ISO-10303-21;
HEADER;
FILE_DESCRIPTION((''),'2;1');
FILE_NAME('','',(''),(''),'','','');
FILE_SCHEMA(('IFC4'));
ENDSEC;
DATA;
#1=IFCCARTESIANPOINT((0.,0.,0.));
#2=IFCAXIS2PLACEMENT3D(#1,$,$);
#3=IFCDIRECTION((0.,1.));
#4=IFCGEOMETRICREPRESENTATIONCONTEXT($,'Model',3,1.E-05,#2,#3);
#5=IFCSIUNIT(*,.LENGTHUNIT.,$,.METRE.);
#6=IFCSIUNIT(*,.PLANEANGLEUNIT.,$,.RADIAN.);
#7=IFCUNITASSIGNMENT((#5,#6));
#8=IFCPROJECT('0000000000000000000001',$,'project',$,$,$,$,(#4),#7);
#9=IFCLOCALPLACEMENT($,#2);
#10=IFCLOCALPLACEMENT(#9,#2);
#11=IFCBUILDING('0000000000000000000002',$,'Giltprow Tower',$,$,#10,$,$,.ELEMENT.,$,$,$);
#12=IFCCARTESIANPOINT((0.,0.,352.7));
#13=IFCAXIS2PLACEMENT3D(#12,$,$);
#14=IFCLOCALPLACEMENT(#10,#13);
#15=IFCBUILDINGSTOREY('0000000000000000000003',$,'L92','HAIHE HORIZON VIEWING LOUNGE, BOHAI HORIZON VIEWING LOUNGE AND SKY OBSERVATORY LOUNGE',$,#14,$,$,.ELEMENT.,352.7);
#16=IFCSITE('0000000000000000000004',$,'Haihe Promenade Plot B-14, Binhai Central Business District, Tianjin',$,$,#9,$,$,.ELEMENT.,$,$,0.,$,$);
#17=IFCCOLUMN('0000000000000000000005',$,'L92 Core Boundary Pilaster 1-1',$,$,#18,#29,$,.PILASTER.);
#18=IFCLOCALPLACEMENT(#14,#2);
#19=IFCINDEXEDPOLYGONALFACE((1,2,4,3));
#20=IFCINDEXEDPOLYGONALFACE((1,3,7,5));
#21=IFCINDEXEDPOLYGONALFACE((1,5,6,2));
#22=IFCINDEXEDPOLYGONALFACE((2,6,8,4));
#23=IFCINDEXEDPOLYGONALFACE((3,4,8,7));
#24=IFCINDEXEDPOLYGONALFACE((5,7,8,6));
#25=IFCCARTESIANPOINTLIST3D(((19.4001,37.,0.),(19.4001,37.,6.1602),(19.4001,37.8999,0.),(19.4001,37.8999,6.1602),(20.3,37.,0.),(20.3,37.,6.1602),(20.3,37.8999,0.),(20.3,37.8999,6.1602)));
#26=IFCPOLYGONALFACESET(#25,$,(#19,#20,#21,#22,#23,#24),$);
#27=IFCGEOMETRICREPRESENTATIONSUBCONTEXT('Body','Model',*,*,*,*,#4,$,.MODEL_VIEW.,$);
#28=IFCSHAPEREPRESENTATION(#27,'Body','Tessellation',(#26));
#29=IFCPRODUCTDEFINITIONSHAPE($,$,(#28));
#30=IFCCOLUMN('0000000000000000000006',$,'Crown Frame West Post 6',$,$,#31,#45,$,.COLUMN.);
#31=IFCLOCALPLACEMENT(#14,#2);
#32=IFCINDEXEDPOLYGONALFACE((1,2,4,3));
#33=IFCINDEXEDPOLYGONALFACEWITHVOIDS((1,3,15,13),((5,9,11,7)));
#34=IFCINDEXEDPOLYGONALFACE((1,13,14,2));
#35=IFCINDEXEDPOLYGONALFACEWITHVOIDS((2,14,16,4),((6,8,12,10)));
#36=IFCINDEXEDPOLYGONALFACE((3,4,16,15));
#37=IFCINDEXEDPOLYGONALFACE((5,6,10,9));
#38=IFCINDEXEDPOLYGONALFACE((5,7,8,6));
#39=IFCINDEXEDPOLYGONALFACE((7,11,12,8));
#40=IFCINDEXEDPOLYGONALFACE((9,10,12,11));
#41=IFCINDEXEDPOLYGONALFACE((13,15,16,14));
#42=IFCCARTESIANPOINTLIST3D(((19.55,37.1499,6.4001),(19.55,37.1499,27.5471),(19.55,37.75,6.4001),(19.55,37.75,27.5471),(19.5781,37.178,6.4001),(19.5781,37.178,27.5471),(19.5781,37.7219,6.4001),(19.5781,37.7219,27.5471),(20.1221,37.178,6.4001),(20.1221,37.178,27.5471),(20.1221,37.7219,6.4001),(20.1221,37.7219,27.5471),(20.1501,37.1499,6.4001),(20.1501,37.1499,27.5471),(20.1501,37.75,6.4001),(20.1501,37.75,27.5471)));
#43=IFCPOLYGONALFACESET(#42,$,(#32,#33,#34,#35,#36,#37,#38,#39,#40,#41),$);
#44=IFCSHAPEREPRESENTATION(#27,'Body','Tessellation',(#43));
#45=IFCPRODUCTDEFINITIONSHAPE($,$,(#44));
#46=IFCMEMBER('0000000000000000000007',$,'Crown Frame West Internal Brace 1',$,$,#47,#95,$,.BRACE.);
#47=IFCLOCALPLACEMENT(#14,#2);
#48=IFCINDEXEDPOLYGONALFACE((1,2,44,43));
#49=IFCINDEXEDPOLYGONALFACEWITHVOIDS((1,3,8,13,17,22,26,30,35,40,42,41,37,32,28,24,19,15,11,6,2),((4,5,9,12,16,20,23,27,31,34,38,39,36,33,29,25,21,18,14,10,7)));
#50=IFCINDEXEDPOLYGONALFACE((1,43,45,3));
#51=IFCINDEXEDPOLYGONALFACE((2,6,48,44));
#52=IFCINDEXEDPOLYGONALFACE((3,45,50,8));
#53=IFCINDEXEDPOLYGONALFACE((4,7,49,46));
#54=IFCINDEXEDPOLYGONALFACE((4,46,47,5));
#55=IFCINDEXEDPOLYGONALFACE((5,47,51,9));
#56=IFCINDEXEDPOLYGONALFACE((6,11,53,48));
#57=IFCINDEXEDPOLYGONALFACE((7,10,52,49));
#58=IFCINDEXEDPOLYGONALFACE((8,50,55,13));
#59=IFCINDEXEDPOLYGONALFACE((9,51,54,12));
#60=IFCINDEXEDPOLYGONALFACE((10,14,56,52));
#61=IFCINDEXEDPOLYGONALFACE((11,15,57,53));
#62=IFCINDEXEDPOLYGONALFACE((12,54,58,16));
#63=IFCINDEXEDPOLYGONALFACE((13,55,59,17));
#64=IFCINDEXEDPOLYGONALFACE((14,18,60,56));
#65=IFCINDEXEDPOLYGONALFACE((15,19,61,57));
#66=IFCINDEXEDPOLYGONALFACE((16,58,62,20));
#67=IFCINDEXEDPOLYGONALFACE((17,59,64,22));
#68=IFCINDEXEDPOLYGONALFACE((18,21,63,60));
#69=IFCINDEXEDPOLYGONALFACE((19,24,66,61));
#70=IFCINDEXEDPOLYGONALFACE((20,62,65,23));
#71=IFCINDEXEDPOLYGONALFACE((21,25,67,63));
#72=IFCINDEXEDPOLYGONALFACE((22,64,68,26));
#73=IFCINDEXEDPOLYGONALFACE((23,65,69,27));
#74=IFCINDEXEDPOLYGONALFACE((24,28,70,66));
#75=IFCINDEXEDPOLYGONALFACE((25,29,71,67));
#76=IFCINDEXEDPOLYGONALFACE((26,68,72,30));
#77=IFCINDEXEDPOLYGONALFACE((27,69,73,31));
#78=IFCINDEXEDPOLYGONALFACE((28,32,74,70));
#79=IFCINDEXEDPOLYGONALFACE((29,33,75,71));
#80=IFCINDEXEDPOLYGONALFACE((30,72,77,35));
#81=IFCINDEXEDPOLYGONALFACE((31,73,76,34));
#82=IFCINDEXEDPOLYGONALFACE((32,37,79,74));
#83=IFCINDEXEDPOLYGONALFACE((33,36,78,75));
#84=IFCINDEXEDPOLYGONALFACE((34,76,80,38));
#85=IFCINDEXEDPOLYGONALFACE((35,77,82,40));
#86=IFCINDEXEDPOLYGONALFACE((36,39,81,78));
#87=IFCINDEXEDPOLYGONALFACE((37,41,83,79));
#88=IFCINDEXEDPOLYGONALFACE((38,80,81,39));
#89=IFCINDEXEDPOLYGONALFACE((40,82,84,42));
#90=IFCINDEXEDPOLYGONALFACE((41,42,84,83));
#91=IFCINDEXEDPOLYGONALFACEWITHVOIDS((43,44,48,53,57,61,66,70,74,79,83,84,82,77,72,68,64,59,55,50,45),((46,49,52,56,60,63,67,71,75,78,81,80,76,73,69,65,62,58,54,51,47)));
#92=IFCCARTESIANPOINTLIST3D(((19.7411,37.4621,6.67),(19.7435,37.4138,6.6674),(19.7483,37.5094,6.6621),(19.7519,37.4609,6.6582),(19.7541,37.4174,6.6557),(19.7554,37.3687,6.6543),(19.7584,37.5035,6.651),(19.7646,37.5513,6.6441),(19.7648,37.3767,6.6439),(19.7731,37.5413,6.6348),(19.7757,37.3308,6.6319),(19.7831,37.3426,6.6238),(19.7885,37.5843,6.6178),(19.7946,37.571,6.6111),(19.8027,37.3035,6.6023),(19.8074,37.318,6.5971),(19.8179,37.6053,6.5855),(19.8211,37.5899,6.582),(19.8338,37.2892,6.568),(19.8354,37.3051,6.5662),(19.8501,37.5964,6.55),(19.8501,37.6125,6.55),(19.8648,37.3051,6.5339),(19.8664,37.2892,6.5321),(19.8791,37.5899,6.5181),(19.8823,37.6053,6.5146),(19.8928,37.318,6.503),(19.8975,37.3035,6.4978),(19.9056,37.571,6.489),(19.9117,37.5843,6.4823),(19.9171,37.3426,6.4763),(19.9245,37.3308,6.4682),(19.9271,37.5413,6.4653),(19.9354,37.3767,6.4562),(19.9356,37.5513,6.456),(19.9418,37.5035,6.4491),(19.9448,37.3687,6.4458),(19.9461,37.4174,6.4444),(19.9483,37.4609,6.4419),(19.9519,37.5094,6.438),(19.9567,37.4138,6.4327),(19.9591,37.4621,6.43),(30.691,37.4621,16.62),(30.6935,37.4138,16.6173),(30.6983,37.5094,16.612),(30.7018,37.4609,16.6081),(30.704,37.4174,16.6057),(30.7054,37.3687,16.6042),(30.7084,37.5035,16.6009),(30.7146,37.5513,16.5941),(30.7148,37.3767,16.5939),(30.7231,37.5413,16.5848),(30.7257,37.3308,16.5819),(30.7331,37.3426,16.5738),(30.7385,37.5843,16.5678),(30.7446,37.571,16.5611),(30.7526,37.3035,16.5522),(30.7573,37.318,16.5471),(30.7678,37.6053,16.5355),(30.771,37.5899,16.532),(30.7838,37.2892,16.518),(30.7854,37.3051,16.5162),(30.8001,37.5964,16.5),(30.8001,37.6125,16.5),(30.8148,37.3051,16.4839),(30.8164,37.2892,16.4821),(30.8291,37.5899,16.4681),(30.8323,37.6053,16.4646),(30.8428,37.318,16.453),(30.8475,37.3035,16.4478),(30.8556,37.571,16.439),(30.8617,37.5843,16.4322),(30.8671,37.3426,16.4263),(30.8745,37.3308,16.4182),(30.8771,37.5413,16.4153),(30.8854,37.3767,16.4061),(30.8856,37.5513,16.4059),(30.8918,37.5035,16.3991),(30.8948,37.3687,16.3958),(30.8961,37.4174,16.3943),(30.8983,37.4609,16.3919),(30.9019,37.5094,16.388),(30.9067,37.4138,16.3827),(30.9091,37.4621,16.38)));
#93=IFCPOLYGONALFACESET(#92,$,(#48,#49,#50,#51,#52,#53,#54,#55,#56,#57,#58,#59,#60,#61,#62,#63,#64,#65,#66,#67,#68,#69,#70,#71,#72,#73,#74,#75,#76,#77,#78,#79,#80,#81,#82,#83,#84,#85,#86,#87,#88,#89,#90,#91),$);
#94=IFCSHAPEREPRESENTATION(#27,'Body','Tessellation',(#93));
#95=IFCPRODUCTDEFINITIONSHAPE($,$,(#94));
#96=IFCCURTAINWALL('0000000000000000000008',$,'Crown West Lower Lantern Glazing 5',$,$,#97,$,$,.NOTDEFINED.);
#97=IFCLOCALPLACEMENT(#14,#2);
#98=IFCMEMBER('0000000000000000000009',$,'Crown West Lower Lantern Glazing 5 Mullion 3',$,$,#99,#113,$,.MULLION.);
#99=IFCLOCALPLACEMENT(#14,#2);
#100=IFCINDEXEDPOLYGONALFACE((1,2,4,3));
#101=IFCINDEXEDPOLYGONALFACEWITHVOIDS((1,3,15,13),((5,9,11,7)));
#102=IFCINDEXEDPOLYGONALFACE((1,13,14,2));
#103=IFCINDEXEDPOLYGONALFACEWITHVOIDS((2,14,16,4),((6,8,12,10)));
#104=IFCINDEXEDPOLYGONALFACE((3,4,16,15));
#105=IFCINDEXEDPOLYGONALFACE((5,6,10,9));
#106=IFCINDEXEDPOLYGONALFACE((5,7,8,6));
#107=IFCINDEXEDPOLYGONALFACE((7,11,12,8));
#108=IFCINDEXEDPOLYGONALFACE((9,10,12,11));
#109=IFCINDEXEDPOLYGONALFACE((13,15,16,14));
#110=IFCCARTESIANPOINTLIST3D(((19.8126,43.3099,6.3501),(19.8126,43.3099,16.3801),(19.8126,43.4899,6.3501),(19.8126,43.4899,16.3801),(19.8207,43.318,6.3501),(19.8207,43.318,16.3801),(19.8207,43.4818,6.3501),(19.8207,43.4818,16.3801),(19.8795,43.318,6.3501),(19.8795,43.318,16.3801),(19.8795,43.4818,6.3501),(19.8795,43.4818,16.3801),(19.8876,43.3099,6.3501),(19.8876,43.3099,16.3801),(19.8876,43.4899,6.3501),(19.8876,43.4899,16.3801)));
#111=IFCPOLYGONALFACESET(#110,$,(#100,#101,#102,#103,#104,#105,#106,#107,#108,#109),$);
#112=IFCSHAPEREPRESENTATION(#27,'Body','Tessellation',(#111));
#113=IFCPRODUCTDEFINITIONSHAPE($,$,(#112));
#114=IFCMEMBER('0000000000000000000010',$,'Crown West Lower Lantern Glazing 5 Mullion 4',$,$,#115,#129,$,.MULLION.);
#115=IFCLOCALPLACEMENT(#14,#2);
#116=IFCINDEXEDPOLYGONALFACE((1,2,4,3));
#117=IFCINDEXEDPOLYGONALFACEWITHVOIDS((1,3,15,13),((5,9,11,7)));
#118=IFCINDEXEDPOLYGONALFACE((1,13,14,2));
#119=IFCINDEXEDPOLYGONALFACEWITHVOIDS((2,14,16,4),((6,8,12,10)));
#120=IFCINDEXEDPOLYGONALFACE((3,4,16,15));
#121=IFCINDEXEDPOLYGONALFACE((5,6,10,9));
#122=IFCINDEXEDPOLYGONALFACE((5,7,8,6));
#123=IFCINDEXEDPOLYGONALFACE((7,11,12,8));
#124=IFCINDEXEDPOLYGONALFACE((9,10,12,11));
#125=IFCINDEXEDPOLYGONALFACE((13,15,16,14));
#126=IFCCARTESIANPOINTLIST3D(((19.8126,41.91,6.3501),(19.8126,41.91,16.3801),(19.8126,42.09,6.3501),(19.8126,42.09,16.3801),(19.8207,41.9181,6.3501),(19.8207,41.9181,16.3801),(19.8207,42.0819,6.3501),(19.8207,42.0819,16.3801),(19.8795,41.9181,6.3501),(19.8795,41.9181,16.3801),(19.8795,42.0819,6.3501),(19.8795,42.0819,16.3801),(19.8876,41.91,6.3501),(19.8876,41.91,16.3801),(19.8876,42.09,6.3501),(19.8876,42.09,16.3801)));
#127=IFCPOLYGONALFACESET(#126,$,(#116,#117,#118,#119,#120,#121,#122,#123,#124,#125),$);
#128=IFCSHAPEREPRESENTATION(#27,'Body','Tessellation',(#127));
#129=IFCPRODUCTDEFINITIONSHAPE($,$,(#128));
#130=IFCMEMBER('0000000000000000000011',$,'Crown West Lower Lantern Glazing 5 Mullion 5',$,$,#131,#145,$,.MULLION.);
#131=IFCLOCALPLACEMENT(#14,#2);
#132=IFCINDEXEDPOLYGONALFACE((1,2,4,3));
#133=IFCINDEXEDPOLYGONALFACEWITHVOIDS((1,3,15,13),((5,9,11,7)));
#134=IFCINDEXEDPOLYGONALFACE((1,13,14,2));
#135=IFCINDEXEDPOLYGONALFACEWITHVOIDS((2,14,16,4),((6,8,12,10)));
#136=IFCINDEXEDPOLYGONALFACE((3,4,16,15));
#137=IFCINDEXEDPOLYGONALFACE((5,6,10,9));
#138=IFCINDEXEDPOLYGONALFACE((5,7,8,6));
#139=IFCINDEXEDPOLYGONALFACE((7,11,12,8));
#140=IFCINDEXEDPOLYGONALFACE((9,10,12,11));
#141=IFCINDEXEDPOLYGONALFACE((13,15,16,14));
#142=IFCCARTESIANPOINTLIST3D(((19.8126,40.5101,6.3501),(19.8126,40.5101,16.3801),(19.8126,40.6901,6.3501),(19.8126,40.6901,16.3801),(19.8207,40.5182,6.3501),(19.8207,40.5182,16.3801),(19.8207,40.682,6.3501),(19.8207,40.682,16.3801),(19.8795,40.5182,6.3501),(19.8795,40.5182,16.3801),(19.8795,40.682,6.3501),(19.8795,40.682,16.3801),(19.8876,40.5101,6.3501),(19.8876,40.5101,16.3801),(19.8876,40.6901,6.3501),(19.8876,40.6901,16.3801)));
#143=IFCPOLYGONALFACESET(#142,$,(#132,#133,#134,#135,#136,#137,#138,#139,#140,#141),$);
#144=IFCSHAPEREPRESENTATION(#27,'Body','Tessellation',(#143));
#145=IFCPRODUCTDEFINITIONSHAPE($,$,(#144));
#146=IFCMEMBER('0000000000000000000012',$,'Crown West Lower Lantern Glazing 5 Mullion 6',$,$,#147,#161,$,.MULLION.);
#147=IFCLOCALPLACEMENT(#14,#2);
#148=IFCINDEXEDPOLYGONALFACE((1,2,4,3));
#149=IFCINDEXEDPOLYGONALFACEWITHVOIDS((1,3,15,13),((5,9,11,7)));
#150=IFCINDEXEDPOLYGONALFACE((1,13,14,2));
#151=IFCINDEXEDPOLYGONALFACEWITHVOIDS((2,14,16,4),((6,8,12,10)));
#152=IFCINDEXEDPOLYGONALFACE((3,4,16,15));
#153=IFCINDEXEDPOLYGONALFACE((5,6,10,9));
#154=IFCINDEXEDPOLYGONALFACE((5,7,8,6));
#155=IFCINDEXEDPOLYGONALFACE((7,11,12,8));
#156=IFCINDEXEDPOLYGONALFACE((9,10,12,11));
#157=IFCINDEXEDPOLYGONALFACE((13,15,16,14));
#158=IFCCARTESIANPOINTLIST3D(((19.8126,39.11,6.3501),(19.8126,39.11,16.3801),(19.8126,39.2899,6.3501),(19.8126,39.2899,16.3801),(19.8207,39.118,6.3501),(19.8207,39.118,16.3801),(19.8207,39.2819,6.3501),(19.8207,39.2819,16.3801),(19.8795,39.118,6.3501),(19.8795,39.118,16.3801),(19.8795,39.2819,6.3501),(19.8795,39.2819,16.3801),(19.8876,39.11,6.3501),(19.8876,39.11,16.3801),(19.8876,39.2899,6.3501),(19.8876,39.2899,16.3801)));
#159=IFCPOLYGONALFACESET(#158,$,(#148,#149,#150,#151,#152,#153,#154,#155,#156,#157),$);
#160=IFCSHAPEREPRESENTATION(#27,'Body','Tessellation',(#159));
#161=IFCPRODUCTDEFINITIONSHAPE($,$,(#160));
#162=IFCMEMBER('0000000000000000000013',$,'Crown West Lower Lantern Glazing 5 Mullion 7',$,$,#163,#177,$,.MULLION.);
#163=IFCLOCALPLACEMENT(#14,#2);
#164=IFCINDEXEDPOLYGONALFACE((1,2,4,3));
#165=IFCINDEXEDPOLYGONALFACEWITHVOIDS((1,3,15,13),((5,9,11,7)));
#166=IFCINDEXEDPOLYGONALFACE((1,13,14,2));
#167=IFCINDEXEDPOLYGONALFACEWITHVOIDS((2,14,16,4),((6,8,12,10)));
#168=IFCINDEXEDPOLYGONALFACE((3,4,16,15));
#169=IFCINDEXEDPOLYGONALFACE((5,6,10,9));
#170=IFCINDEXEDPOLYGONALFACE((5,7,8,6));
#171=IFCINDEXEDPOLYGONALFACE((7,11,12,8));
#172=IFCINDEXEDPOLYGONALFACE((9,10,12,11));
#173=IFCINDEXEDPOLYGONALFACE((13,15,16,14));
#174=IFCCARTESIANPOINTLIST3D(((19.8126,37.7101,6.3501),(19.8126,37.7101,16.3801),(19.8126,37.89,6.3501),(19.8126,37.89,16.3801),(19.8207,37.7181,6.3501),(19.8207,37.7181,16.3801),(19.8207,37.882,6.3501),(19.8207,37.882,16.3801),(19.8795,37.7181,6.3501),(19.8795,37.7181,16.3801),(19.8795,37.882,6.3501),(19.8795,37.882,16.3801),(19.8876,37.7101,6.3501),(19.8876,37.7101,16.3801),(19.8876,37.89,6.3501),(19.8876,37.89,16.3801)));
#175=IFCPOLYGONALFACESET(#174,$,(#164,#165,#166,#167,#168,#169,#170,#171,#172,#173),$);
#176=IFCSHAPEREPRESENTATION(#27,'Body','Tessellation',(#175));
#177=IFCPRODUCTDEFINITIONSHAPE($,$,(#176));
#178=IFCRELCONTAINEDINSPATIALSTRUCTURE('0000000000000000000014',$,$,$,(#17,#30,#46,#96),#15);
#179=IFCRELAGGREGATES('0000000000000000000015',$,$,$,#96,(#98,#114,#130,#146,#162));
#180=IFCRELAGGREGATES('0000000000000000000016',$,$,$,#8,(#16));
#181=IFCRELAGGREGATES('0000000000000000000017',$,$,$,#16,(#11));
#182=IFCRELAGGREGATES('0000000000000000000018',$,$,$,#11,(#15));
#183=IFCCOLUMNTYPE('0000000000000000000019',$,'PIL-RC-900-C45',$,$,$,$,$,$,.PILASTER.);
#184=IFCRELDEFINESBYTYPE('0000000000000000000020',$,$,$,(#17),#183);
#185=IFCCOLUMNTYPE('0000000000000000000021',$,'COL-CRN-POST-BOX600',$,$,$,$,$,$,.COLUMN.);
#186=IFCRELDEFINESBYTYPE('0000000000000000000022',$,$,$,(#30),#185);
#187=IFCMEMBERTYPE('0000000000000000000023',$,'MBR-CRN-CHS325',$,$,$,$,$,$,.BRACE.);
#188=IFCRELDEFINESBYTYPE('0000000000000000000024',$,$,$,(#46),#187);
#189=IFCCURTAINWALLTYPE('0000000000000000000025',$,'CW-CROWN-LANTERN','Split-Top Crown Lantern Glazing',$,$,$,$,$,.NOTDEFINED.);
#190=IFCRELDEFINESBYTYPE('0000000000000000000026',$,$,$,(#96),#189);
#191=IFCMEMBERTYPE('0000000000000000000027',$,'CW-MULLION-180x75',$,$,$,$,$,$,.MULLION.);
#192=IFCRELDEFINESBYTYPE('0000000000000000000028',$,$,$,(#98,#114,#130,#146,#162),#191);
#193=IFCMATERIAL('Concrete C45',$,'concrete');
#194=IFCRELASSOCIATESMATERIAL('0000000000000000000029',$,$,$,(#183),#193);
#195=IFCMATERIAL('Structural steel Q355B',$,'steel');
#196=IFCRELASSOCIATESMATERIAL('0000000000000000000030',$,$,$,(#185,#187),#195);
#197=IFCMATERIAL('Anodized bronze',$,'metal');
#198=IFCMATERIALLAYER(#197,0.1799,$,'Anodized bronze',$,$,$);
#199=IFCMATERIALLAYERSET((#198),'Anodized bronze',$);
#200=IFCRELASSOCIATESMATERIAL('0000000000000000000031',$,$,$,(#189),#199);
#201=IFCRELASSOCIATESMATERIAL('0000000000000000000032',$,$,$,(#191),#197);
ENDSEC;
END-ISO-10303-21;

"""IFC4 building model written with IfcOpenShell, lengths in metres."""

from ifc_helpers import new_model, si_unit, direction, frame, origin, origin_2d, place, context, subcontext, project, spatial, rectangle, hollow_rectangle, hollow_circle, extrude, source, transform, mapped, material, layer, layer_set, material_profile, profile_set, type_object, element, aggregate, save


model = new_model("IFC4")

# Units and contexts
model_context = context("Model", 3, precision=1e-05, world=origin(), true_north=direction((0.0, 1.0)))
body_context = subcontext(model_context, "Body", "Model", "MODEL_VIEW")
ifc_project = project(units=[si_unit("LENGTHUNIT", "METRE"), si_unit("PLANEANGLEUNIT", "RADIAN")], contexts=[model_context])

# Site, building, storey
site_placement = place(None, origin())
site = spatial("IfcSite", under=ifc_project, at=site_placement, Name="Haihe Promenade Plot B-14, Binhai Central Business District, Tianjin", CompositionType="ELEMENT", RefElevation=0.0)
building_placement = place(site_placement, origin())
building = spatial("IfcBuilding", under=site, at=building_placement, Name="Giltprow Tower", CompositionType="ELEMENT")
storey_placement = place(building_placement, frame((0.0, 0.0, 352.7)))
storey = spatial("IfcBuildingStorey", under=building, at=storey_placement, Name="L92", Description="HAIHE HORIZON VIEWING LOUNGE, BOHAI HORIZON VIEWING LOUNGE AND SKY OBSERVATORY LOUNGE", CompositionType="ELEMENT", Elevation=352.7)

# Columns
ifc_material_1 = material(Name="Concrete C45", Category="concrete")
ifc_material_profile_1 = material_profile(ifc_material_1, rectangle(XDim=0.8999, YDim=0.8999, at=origin_2d()), Name="RC 900x900")
ifc_profile_set_1 = profile_set([ifc_material_profile_1], Name="Concrete C45")
column_type_1 = type_object("IfcColumnType", Name="PIL-RC-900-C45", PredefinedType="PILASTER", material=ifc_profile_set_1)
shared_shape_1 = source(origin(), body_context, "Body", "SweptSolid", [
    extrude(rectangle(XDim=0.8999, YDim=0.8999, at=origin_2d()), origin(), (0.0, 0.0, 1.0), 6.1602),
])
column_1_placement = place(storey_placement, frame((19.8501, 37.45, 0.0), z_axis=(0.0, 0.0, 1.0), x_axis=(1.0, 0.0, 0.0)))
element("IfcColumn", 1, at=column_1_placement, inside=storey, type_object=column_type_1, Name="L92 Core Boundary Pilaster 1-1", PredefinedType="PILASTER", context=body_context, shape_type="MappedRepresentation", body=[
    mapped(shared_shape_1, transform((0.0, 0.0, 0.0), x_axis=(1.0, 0.0, 0.0), y_axis=(0.0, 1.0, 0.0), z_axis=(0.0, 0.0, 1.0), scale=1.0)),
])
ifc_material_2 = material(Name="Structural steel Q355B", Category="steel")
ifc_material_profile_2 = material_profile(ifc_material_2, hollow_rectangle(XDim=0.6001, YDim=0.6001, WallThickness=0.0281, at=origin_2d()), Name="BOX 600x600x28")
ifc_profile_set_2 = profile_set([ifc_material_profile_2], Name="Structural steel Q355B")
column_type_2 = type_object("IfcColumnType", Name="COL-CRN-POST-BOX600", PredefinedType="COLUMN", material=ifc_profile_set_2)
shared_shape_2 = source(origin(), body_context, "Body", "SweptSolid", [
    extrude(hollow_rectangle(XDim=0.6001, YDim=0.6001, WallThickness=0.0281, at=origin_2d()), origin(), (0.0, 0.0, 1.0), 21.147),
])
column_2_placement = place(storey_placement, frame((19.8501, 37.45, 6.4001), z_axis=(0.0, 0.0, 1.0), x_axis=(1.0, 0.0, 0.0)))
element("IfcColumn", 2, at=column_2_placement, inside=storey, type_object=column_type_2, Name="Crown Frame West Post 6", PredefinedType="COLUMN", context=body_context, shape_type="MappedRepresentation", body=[
    mapped(shared_shape_2, transform((0.0, 0.0, 0.0), x_axis=(1.0, 0.0, 0.0), y_axis=(0.0, 1.0, 0.0), z_axis=(0.0, 0.0, 1.0), scale=1.0)),
])

# Member
ifc_material_profile_3 = material_profile(ifc_material_2, hollow_circle(Radius=0.1626, WallThickness=0.0161, at=origin_2d()), Name="CHS 325x16")
ifc_profile_set_3 = profile_set([ifc_material_profile_3], Name="Structural steel Q355B")
member_type_1 = type_object("IfcMemberType", Name="MBR-CRN-CHS325", PredefinedType="BRACE", material=ifc_profile_set_3)
shared_shape_3 = source(origin(), body_context, "Body", "SweptSolid", [
    extrude(hollow_circle(Radius=0.1626, WallThickness=0.0161, at=origin_2d()), origin(), (0.0, 0.0, 1.0), 14.7954),
])
member_1_placement = place(storey_placement, frame((19.8501, 37.45, 6.55), z_axis=(0.740093, 0.0, 0.672504), x_axis=(0.0, 1.0, 0.0)))
element("IfcMember", 3, at=member_1_placement, inside=storey, type_object=member_type_1, Name="Crown Frame West Internal Brace 1", PredefinedType="BRACE", context=body_context, shape_type="MappedRepresentation", body=[
    mapped(shared_shape_3, transform((0.0, 0.0, 0.0), x_axis=(1.0, 0.0, 0.0), y_axis=(0.0, 1.0, 0.0), z_axis=(0.0, 0.0, 1.0), scale=1.0)),
])

# Curtain wall, members
ifc_material_3 = material(Name="Anodized bronze", Category="metal")
ifc_layer_1 = layer(ifc_material_3, 0.1799, Name="Anodized bronze")
ifc_layer_set_1 = layer_set([ifc_layer_1], Name="Anodized bronze")
curtain_wall_type = type_object("IfcCurtainWallType", Name="CW-CROWN-LANTERN", Description="Split-Top Crown Lantern Glazing", PredefinedType="NOTDEFINED", material=ifc_layer_set_1)
curtain_wall_1_placement = place(storey_placement, origin())
curtain_wall_1 = element("IfcCurtainWall", 4, at=curtain_wall_1_placement, inside=storey, type_object=curtain_wall_type, Name="Crown West Lower Lantern Glazing 5", PredefinedType="NOTDEFINED")
ifc_material_profile_4 = material_profile(ifc_material_3, hollow_rectangle(XDim=0.075, YDim=0.1799, WallThickness=0.0081, at=origin_2d()), Name="RHS 180x75x8")
ifc_profile_set_4 = profile_set([ifc_material_profile_4], Name="Anodized bronze")
member_type_2 = type_object("IfcMemberType", Name="CW-MULLION-180x75", PredefinedType="MULLION", material=ifc_profile_set_4)
shared_shape_4 = source(origin(), body_context, "Body", "SweptSolid", [
    extrude(hollow_rectangle(XDim=0.075, YDim=0.1799, WallThickness=0.0081, at=origin_2d()), origin(), (0.0, 0.0, 1.0), 10.03),
])
member_2_placement = place(storey_placement, frame((19.8501, 43.3999, 6.3501), z_axis=(0.0, 0.0, 1.0), x_axis=(1.0, 0.0, 0.0)))
member_2 = element("IfcMember", 5, at=member_2_placement, type_object=member_type_2, Name="Crown West Lower Lantern Glazing 5 Mullion 3", PredefinedType="MULLION", context=body_context, shape_type="MappedRepresentation", body=[
    mapped(shared_shape_4, transform((0.0, 0.0, 0.0), x_axis=(1.0, 0.0, 0.0), y_axis=(0.0, 1.0, 0.0), z_axis=(0.0, 0.0, 1.0), scale=1.0)),
])
member_3_placement = place(storey_placement, frame((19.8501, 42.0, 6.3501), z_axis=(0.0, 0.0, 1.0), x_axis=(1.0, 0.0, 0.0)))
member_3 = element("IfcMember", 6, at=member_3_placement, type_object=member_type_2, Name="Crown West Lower Lantern Glazing 5 Mullion 4", PredefinedType="MULLION", context=body_context, shape_type="MappedRepresentation", body=[
    mapped(shared_shape_4, transform((0.0, 0.0, 0.0), x_axis=(1.0, 0.0, 0.0), y_axis=(0.0, 1.0, 0.0), z_axis=(0.0, 0.0, 1.0), scale=1.0)),
])
member_4_placement = place(storey_placement, frame((19.8501, 40.6001, 6.3501), z_axis=(0.0, 0.0, 1.0), x_axis=(1.0, 0.0, 0.0)))
member_4 = element("IfcMember", 7, at=member_4_placement, type_object=member_type_2, Name="Crown West Lower Lantern Glazing 5 Mullion 5", PredefinedType="MULLION", context=body_context, shape_type="MappedRepresentation", body=[
    mapped(shared_shape_4, transform((0.0, 0.0, 0.0), x_axis=(1.0, 0.0, 0.0), y_axis=(0.0, 1.0, 0.0), z_axis=(0.0, 0.0, 1.0), scale=1.0)),
])
member_5_placement = place(storey_placement, frame((19.8501, 39.2, 6.3501), z_axis=(0.0, 0.0, 1.0), x_axis=(1.0, 0.0, 0.0)))
member_5 = element("IfcMember", 8, at=member_5_placement, type_object=member_type_2, Name="Crown West Lower Lantern Glazing 5 Mullion 6", PredefinedType="MULLION", context=body_context, shape_type="MappedRepresentation", body=[
    mapped(shared_shape_4, transform((0.0, 0.0, 0.0), x_axis=(1.0, 0.0, 0.0), y_axis=(0.0, 1.0, 0.0), z_axis=(0.0, 0.0, 1.0), scale=1.0)),
])
member_6_placement = place(storey_placement, frame((19.8501, 37.8, 6.3501), z_axis=(0.0, 0.0, 1.0), x_axis=(1.0, 0.0, 0.0)))
member_6 = element("IfcMember", 9, at=member_6_placement, type_object=member_type_2, Name="Crown West Lower Lantern Glazing 5 Mullion 7", PredefinedType="MULLION", context=body_context, shape_type="MappedRepresentation", body=[
    mapped(shared_shape_4, transform((0.0, 0.0, 0.0), x_axis=(1.0, 0.0, 0.0), y_axis=(0.0, 1.0, 0.0), z_axis=(0.0, 0.0, 1.0), scale=1.0)),
])

aggregate(curtain_wall_1, [member_2, member_3, member_4, member_5, member_6])

save(model, "model.ifc")
